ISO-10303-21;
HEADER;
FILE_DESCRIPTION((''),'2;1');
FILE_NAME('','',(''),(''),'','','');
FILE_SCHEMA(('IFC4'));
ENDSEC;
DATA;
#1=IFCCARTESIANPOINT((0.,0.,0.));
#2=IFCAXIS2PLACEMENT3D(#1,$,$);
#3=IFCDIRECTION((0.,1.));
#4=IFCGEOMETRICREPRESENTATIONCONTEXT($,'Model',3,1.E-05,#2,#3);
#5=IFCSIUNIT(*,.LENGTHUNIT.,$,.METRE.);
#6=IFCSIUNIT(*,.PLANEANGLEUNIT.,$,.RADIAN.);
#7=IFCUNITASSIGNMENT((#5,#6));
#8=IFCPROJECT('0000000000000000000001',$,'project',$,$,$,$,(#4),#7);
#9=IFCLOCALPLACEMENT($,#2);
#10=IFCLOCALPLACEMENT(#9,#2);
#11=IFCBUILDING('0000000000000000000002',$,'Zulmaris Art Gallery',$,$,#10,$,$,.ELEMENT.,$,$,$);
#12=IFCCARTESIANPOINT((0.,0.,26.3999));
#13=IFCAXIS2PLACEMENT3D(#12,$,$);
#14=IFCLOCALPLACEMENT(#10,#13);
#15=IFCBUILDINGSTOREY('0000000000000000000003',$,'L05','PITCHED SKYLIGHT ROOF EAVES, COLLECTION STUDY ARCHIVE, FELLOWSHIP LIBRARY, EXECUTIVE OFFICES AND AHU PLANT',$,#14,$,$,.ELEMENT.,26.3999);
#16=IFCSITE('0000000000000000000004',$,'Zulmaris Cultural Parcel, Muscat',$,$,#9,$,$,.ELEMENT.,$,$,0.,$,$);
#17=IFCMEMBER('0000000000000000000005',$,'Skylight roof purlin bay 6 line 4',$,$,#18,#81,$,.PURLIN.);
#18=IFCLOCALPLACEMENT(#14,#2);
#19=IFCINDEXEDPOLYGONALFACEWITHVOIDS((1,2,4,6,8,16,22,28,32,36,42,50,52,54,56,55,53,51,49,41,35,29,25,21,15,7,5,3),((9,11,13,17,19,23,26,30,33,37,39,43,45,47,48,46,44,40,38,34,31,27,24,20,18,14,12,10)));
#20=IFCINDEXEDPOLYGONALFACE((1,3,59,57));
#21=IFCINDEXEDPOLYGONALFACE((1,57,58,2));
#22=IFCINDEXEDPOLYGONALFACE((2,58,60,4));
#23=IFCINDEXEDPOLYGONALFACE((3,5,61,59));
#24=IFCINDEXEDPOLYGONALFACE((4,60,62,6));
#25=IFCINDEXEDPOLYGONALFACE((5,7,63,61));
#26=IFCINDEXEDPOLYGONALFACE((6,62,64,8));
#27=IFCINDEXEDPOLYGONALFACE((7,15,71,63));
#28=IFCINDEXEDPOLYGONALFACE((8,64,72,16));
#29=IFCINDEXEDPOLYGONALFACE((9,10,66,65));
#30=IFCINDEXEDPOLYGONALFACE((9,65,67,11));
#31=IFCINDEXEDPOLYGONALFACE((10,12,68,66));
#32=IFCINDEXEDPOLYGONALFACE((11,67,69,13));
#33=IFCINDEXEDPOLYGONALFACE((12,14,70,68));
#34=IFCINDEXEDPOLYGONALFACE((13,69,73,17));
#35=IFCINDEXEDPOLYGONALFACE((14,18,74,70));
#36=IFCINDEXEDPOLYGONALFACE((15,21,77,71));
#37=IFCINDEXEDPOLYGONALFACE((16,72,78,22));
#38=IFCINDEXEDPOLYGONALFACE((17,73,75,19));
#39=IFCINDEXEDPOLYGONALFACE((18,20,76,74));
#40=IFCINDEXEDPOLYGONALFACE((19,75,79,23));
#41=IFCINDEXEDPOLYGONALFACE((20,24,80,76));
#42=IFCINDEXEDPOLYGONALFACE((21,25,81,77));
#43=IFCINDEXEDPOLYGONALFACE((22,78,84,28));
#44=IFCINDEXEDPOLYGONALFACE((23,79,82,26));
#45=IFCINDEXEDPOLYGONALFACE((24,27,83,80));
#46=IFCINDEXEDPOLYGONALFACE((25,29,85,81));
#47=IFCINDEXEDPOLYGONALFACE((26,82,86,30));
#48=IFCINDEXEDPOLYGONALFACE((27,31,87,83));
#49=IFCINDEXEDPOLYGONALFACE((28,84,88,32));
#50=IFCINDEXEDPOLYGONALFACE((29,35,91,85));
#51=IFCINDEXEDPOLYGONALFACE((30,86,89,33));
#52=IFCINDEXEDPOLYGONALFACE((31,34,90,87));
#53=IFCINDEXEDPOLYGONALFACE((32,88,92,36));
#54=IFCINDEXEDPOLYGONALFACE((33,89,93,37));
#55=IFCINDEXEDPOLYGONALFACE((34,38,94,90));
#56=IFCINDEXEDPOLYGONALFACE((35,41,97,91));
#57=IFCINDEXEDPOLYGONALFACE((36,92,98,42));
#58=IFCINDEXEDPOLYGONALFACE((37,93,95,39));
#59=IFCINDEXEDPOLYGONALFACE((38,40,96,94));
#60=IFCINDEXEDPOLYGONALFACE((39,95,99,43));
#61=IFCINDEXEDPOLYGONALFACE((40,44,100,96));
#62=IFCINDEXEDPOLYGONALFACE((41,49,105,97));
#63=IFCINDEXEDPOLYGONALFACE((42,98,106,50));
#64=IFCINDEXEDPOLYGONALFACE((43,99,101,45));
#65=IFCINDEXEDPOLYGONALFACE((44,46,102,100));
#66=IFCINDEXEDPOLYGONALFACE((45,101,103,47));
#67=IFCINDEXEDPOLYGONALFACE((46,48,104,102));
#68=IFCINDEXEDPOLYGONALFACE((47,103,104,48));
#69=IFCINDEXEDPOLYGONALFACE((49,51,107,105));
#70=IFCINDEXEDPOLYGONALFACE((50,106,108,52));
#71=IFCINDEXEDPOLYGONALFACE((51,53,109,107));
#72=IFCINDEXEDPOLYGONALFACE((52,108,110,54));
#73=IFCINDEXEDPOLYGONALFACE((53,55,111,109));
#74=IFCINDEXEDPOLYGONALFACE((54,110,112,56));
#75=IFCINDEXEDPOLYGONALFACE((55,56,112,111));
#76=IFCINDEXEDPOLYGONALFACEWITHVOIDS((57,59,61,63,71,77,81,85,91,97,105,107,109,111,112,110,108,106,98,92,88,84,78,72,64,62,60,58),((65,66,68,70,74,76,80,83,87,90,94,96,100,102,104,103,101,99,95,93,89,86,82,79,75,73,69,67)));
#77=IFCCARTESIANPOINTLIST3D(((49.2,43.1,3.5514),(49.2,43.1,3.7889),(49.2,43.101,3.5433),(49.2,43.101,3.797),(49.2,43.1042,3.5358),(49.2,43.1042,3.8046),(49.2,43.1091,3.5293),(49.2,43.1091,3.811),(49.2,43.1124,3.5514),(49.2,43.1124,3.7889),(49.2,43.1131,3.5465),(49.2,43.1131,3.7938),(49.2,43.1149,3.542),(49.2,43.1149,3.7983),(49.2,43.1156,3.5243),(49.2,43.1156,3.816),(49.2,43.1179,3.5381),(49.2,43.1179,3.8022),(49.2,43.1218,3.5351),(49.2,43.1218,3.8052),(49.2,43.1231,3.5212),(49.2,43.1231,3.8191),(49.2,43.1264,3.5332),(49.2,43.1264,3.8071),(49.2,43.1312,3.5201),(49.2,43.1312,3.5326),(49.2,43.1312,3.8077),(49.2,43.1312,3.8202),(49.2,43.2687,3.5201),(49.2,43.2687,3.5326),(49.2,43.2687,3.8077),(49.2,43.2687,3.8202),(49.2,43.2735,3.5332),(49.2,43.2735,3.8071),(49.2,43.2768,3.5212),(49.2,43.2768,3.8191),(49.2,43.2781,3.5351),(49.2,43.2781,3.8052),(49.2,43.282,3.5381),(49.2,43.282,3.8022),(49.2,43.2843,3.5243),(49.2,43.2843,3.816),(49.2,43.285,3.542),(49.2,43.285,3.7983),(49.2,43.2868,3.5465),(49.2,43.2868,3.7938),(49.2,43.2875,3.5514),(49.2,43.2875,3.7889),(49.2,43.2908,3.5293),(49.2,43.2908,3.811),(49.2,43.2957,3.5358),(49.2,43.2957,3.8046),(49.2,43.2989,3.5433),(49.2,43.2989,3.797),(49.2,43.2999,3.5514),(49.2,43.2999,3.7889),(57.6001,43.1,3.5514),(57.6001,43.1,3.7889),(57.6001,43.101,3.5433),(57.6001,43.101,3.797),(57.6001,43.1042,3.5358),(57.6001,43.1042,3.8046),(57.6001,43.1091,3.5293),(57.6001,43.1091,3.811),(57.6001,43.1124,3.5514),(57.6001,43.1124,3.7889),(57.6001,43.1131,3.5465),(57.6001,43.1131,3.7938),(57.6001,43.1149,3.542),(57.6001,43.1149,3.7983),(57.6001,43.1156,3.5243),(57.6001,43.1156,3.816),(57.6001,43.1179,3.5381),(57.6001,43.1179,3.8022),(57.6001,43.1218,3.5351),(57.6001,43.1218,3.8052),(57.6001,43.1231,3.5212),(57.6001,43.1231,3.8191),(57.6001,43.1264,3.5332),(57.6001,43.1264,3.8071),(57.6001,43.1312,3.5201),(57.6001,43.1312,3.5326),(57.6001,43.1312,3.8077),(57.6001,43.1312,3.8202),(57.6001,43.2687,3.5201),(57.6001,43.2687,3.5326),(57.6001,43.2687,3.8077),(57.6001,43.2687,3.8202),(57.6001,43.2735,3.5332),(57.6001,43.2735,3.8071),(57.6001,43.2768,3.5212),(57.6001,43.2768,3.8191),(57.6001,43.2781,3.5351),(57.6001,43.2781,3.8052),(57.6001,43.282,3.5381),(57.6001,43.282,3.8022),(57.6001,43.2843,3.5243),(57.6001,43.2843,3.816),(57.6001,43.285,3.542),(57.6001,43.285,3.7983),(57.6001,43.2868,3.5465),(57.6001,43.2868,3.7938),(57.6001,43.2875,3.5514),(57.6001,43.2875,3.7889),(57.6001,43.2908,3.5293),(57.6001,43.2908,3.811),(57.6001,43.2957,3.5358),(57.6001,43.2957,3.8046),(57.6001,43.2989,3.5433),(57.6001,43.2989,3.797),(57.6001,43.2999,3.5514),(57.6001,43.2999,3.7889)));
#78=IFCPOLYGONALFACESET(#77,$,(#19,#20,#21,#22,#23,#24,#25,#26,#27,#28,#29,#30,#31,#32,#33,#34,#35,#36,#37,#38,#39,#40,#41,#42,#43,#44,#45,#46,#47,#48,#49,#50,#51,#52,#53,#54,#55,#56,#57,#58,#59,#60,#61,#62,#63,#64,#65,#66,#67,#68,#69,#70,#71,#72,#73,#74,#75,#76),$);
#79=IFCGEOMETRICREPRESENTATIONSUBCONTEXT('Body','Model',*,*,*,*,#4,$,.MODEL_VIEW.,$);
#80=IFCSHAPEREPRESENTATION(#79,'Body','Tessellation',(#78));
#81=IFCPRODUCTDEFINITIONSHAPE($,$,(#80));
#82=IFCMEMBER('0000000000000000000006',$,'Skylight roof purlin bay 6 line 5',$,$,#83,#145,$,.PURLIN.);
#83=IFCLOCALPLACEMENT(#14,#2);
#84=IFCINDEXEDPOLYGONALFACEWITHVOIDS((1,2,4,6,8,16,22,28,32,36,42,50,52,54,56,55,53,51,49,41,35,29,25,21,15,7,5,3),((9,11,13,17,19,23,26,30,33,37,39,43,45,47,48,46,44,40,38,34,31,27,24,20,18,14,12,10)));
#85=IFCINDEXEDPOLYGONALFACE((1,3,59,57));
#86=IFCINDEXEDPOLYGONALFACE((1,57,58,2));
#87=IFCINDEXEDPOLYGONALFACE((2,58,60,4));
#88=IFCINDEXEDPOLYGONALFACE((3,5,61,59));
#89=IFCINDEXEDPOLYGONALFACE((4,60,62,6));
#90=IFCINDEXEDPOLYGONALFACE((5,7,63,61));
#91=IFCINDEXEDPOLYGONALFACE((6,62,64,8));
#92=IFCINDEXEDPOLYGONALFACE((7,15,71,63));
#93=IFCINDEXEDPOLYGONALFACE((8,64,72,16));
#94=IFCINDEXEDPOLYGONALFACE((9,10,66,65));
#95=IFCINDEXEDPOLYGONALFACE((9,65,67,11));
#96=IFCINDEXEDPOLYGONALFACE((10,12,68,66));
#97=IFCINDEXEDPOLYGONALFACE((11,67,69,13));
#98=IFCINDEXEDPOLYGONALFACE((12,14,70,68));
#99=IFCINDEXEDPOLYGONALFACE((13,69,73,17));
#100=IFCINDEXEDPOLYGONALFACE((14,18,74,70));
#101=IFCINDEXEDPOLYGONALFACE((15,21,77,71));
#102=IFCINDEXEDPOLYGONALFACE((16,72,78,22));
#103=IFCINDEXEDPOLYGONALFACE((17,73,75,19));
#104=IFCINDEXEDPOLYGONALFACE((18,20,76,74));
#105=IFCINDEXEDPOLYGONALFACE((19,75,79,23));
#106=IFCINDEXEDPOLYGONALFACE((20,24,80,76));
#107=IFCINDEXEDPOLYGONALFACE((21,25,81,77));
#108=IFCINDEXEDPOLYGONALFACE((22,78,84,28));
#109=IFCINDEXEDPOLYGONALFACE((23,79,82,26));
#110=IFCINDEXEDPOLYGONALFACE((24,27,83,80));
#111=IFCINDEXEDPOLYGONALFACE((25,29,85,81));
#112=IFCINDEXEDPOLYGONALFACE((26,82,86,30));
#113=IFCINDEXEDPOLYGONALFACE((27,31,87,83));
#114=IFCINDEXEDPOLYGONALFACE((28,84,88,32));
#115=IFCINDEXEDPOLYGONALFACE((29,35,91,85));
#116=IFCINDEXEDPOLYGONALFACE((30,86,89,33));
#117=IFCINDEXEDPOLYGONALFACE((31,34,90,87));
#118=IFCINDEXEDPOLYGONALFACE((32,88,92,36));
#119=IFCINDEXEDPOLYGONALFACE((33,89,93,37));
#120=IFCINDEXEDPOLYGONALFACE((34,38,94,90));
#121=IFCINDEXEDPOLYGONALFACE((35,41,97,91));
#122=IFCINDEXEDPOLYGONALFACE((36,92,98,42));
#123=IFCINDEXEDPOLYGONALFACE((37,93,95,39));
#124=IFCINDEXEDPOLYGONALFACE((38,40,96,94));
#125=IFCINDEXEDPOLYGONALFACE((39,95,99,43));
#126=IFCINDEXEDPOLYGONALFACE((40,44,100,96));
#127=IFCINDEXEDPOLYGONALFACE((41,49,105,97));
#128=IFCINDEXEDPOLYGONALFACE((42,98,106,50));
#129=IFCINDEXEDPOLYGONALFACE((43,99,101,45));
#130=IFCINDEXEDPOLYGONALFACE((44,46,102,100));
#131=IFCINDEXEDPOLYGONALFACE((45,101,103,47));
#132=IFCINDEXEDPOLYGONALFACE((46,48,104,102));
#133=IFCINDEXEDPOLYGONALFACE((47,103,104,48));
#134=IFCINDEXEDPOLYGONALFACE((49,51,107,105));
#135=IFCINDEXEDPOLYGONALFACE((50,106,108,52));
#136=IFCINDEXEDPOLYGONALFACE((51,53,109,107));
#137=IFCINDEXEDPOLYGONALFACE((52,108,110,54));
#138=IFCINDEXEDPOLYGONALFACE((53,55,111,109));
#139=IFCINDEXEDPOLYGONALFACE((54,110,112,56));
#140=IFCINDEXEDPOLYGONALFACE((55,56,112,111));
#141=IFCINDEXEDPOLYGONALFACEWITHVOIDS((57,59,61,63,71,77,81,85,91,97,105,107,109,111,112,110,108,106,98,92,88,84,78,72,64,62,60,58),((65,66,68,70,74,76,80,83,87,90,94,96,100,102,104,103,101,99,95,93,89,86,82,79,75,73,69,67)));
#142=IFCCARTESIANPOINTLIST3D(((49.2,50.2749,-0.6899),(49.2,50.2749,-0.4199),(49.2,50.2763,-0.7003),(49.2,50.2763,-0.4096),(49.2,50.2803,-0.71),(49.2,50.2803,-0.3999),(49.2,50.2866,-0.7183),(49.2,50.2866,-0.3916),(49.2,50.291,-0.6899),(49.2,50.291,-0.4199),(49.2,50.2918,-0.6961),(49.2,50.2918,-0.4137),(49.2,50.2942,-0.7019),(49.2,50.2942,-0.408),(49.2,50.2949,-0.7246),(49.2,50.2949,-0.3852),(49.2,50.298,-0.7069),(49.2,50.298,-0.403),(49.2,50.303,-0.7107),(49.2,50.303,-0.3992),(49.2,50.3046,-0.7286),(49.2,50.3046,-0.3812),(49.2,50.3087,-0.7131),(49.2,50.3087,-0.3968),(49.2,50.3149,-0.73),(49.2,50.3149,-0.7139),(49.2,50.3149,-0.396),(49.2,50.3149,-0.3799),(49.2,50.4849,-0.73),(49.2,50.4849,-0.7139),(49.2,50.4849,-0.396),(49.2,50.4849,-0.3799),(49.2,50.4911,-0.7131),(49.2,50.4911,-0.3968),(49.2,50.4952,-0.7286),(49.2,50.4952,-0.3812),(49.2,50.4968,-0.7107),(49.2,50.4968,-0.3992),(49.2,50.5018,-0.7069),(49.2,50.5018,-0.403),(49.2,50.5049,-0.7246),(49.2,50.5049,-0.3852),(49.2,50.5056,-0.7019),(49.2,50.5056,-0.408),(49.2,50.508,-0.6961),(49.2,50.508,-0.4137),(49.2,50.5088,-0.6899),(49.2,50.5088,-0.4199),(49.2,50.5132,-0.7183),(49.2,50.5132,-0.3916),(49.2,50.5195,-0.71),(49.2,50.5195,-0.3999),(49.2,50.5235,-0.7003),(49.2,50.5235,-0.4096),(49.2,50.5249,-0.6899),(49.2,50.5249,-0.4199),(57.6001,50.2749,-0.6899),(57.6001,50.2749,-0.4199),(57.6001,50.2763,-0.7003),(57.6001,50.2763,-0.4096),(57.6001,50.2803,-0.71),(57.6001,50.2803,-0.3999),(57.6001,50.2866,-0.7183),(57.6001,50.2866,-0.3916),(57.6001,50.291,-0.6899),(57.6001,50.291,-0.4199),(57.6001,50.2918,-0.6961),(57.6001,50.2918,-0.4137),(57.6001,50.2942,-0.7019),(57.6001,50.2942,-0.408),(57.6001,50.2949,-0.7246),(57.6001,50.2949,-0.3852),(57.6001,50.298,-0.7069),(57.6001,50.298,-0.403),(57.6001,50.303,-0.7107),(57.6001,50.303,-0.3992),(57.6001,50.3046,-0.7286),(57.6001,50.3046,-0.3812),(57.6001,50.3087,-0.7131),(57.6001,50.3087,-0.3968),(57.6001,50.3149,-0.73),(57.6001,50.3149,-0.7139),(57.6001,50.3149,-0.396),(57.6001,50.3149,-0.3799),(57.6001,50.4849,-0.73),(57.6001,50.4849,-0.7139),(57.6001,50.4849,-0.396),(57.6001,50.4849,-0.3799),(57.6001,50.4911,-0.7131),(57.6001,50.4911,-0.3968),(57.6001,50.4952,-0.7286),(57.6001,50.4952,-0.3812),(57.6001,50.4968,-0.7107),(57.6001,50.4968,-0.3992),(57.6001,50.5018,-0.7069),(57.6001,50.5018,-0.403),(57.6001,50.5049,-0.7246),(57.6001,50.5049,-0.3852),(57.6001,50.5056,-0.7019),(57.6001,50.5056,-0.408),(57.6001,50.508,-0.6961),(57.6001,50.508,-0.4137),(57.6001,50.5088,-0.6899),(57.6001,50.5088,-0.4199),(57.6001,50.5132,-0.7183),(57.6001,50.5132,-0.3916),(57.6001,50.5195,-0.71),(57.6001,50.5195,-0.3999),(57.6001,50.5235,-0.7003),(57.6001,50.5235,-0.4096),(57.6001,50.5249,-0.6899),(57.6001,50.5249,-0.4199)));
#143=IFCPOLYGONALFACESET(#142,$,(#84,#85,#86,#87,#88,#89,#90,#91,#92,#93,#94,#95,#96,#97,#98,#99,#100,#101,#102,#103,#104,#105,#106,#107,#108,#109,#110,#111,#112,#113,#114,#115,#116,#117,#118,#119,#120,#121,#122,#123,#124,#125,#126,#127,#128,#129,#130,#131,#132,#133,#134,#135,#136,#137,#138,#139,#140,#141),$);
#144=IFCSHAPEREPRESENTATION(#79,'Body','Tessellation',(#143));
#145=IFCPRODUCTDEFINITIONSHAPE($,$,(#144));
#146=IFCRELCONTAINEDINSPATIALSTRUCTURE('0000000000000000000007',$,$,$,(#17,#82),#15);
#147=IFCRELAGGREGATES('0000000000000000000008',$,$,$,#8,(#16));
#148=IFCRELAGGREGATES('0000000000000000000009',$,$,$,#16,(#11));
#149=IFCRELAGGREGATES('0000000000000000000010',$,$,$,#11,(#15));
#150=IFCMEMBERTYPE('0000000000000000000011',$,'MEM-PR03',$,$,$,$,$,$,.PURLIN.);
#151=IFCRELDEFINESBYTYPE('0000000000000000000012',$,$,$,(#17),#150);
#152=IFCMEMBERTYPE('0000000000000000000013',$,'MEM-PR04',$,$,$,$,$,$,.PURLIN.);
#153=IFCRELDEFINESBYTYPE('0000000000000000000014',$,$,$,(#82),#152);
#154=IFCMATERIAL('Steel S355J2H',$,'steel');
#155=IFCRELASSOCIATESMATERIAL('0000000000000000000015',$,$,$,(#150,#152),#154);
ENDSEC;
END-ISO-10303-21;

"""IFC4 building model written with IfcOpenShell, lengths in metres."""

from ifc_helpers import new_model, si_unit, direction, frame, origin, origin_2d, place, context, subcontext, project, spatial, hollow_rectangle, extrude, material, material_profile, profile_set, type_object, element, save


model = new_model("IFC4")

# Units and contexts
model_context = context("Model", 3, precision=1e-05, world=origin(), true_north=direction((0.0, 1.0)))
body_context = subcontext(model_context, "Body", "Model", "MODEL_VIEW")
ifc_project = project(units=[si_unit("LENGTHUNIT", "METRE"), si_unit("PLANEANGLEUNIT", "RADIAN")], contexts=[model_context])

# Site, building, storey
site_placement = place(None, origin())
site = spatial("IfcSite", under=ifc_project, at=site_placement, Name="Zulmaris Cultural Parcel, Muscat", CompositionType="ELEMENT", RefElevation=0.0)
building_placement = place(site_placement, origin())
building = spatial("IfcBuilding", under=site, at=building_placement, Name="Zulmaris Art Gallery", CompositionType="ELEMENT")
storey_placement = place(building_placement, frame((0.0, 0.0, 26.3999)))
storey = spatial("IfcBuildingStorey", under=building, at=storey_placement, Name="L05", Description="PITCHED SKYLIGHT ROOF EAVES, COLLECTION STUDY ARCHIVE, FELLOWSHIP LIBRARY, EXECUTIVE OFFICES AND AHU PLANT", CompositionType="ELEMENT", Elevation=26.3999)

# Members
ifc_material_1 = material(Name="Steel S355J2H", Category="steel")
ifc_material_profile_1 = material_profile(ifc_material_1, hollow_rectangle(XDim=0.2, YDim=0.3, WallThickness=0.0125, InnerFilletRadius=0.0188, OuterFilletRadius=0.0312, at=origin_2d()), Name="RHS 300x200x12.5")
ifc_profile_set_1 = profile_set([ifc_material_profile_1], Name="Steel S355J2H")
member_type_1 = type_object("IfcMemberType", Name="MEM-PR03", PredefinedType="PURLIN", material=ifc_profile_set_1)
member_1_placement = place(storey_placement, frame((49.2, 43.2, 3.6702), z_axis=(1.0, 0.0, 0.0), x_axis=(0.0, 1.0, 0.0)))
element("IfcMember", 1, at=member_1_placement, inside=storey, type_object=member_type_1, Name="Skylight roof purlin bay 6 line 4", PredefinedType="PURLIN", context=body_context, shape_type="SweptSolid", body=[
    extrude(hollow_rectangle(XDim=0.2, YDim=0.3, WallThickness=0.0125, InnerFilletRadius=0.0188, OuterFilletRadius=0.0312, at=origin_2d()), origin(), (0.0, 0.0, 1.0), 8.4001),
])
ifc_material_profile_2 = material_profile(ifc_material_1, hollow_rectangle(XDim=0.25, YDim=0.3501, WallThickness=0.0161, InnerFilletRadius=0.0239, OuterFilletRadius=0.04, at=origin_2d()), Name="RHS 350x250x16")
ifc_profile_set_2 = profile_set([ifc_material_profile_2], Name="Steel S355J2H")
member_type_2 = type_object("IfcMemberType", Name="MEM-PR04", PredefinedType="PURLIN", material=ifc_profile_set_2)
member_2_placement = place(storey_placement, frame((49.2, 50.3999, -0.5549), z_axis=(1.0, 0.0, 0.0), x_axis=(0.0, 1.0, 0.0)))
element("IfcMember", 2, at=member_2_placement, inside=storey, type_object=member_type_2, Name="Skylight roof purlin bay 6 line 5", PredefinedType="PURLIN", context=body_context, shape_type="SweptSolid", body=[
    extrude(hollow_rectangle(XDim=0.25, YDim=0.3501, WallThickness=0.0161, InnerFilletRadius=0.0239, OuterFilletRadius=0.04, at=origin_2d()), origin(), (0.0, 0.0, 1.0), 8.4001),
])

save(model, "model.ifc")
